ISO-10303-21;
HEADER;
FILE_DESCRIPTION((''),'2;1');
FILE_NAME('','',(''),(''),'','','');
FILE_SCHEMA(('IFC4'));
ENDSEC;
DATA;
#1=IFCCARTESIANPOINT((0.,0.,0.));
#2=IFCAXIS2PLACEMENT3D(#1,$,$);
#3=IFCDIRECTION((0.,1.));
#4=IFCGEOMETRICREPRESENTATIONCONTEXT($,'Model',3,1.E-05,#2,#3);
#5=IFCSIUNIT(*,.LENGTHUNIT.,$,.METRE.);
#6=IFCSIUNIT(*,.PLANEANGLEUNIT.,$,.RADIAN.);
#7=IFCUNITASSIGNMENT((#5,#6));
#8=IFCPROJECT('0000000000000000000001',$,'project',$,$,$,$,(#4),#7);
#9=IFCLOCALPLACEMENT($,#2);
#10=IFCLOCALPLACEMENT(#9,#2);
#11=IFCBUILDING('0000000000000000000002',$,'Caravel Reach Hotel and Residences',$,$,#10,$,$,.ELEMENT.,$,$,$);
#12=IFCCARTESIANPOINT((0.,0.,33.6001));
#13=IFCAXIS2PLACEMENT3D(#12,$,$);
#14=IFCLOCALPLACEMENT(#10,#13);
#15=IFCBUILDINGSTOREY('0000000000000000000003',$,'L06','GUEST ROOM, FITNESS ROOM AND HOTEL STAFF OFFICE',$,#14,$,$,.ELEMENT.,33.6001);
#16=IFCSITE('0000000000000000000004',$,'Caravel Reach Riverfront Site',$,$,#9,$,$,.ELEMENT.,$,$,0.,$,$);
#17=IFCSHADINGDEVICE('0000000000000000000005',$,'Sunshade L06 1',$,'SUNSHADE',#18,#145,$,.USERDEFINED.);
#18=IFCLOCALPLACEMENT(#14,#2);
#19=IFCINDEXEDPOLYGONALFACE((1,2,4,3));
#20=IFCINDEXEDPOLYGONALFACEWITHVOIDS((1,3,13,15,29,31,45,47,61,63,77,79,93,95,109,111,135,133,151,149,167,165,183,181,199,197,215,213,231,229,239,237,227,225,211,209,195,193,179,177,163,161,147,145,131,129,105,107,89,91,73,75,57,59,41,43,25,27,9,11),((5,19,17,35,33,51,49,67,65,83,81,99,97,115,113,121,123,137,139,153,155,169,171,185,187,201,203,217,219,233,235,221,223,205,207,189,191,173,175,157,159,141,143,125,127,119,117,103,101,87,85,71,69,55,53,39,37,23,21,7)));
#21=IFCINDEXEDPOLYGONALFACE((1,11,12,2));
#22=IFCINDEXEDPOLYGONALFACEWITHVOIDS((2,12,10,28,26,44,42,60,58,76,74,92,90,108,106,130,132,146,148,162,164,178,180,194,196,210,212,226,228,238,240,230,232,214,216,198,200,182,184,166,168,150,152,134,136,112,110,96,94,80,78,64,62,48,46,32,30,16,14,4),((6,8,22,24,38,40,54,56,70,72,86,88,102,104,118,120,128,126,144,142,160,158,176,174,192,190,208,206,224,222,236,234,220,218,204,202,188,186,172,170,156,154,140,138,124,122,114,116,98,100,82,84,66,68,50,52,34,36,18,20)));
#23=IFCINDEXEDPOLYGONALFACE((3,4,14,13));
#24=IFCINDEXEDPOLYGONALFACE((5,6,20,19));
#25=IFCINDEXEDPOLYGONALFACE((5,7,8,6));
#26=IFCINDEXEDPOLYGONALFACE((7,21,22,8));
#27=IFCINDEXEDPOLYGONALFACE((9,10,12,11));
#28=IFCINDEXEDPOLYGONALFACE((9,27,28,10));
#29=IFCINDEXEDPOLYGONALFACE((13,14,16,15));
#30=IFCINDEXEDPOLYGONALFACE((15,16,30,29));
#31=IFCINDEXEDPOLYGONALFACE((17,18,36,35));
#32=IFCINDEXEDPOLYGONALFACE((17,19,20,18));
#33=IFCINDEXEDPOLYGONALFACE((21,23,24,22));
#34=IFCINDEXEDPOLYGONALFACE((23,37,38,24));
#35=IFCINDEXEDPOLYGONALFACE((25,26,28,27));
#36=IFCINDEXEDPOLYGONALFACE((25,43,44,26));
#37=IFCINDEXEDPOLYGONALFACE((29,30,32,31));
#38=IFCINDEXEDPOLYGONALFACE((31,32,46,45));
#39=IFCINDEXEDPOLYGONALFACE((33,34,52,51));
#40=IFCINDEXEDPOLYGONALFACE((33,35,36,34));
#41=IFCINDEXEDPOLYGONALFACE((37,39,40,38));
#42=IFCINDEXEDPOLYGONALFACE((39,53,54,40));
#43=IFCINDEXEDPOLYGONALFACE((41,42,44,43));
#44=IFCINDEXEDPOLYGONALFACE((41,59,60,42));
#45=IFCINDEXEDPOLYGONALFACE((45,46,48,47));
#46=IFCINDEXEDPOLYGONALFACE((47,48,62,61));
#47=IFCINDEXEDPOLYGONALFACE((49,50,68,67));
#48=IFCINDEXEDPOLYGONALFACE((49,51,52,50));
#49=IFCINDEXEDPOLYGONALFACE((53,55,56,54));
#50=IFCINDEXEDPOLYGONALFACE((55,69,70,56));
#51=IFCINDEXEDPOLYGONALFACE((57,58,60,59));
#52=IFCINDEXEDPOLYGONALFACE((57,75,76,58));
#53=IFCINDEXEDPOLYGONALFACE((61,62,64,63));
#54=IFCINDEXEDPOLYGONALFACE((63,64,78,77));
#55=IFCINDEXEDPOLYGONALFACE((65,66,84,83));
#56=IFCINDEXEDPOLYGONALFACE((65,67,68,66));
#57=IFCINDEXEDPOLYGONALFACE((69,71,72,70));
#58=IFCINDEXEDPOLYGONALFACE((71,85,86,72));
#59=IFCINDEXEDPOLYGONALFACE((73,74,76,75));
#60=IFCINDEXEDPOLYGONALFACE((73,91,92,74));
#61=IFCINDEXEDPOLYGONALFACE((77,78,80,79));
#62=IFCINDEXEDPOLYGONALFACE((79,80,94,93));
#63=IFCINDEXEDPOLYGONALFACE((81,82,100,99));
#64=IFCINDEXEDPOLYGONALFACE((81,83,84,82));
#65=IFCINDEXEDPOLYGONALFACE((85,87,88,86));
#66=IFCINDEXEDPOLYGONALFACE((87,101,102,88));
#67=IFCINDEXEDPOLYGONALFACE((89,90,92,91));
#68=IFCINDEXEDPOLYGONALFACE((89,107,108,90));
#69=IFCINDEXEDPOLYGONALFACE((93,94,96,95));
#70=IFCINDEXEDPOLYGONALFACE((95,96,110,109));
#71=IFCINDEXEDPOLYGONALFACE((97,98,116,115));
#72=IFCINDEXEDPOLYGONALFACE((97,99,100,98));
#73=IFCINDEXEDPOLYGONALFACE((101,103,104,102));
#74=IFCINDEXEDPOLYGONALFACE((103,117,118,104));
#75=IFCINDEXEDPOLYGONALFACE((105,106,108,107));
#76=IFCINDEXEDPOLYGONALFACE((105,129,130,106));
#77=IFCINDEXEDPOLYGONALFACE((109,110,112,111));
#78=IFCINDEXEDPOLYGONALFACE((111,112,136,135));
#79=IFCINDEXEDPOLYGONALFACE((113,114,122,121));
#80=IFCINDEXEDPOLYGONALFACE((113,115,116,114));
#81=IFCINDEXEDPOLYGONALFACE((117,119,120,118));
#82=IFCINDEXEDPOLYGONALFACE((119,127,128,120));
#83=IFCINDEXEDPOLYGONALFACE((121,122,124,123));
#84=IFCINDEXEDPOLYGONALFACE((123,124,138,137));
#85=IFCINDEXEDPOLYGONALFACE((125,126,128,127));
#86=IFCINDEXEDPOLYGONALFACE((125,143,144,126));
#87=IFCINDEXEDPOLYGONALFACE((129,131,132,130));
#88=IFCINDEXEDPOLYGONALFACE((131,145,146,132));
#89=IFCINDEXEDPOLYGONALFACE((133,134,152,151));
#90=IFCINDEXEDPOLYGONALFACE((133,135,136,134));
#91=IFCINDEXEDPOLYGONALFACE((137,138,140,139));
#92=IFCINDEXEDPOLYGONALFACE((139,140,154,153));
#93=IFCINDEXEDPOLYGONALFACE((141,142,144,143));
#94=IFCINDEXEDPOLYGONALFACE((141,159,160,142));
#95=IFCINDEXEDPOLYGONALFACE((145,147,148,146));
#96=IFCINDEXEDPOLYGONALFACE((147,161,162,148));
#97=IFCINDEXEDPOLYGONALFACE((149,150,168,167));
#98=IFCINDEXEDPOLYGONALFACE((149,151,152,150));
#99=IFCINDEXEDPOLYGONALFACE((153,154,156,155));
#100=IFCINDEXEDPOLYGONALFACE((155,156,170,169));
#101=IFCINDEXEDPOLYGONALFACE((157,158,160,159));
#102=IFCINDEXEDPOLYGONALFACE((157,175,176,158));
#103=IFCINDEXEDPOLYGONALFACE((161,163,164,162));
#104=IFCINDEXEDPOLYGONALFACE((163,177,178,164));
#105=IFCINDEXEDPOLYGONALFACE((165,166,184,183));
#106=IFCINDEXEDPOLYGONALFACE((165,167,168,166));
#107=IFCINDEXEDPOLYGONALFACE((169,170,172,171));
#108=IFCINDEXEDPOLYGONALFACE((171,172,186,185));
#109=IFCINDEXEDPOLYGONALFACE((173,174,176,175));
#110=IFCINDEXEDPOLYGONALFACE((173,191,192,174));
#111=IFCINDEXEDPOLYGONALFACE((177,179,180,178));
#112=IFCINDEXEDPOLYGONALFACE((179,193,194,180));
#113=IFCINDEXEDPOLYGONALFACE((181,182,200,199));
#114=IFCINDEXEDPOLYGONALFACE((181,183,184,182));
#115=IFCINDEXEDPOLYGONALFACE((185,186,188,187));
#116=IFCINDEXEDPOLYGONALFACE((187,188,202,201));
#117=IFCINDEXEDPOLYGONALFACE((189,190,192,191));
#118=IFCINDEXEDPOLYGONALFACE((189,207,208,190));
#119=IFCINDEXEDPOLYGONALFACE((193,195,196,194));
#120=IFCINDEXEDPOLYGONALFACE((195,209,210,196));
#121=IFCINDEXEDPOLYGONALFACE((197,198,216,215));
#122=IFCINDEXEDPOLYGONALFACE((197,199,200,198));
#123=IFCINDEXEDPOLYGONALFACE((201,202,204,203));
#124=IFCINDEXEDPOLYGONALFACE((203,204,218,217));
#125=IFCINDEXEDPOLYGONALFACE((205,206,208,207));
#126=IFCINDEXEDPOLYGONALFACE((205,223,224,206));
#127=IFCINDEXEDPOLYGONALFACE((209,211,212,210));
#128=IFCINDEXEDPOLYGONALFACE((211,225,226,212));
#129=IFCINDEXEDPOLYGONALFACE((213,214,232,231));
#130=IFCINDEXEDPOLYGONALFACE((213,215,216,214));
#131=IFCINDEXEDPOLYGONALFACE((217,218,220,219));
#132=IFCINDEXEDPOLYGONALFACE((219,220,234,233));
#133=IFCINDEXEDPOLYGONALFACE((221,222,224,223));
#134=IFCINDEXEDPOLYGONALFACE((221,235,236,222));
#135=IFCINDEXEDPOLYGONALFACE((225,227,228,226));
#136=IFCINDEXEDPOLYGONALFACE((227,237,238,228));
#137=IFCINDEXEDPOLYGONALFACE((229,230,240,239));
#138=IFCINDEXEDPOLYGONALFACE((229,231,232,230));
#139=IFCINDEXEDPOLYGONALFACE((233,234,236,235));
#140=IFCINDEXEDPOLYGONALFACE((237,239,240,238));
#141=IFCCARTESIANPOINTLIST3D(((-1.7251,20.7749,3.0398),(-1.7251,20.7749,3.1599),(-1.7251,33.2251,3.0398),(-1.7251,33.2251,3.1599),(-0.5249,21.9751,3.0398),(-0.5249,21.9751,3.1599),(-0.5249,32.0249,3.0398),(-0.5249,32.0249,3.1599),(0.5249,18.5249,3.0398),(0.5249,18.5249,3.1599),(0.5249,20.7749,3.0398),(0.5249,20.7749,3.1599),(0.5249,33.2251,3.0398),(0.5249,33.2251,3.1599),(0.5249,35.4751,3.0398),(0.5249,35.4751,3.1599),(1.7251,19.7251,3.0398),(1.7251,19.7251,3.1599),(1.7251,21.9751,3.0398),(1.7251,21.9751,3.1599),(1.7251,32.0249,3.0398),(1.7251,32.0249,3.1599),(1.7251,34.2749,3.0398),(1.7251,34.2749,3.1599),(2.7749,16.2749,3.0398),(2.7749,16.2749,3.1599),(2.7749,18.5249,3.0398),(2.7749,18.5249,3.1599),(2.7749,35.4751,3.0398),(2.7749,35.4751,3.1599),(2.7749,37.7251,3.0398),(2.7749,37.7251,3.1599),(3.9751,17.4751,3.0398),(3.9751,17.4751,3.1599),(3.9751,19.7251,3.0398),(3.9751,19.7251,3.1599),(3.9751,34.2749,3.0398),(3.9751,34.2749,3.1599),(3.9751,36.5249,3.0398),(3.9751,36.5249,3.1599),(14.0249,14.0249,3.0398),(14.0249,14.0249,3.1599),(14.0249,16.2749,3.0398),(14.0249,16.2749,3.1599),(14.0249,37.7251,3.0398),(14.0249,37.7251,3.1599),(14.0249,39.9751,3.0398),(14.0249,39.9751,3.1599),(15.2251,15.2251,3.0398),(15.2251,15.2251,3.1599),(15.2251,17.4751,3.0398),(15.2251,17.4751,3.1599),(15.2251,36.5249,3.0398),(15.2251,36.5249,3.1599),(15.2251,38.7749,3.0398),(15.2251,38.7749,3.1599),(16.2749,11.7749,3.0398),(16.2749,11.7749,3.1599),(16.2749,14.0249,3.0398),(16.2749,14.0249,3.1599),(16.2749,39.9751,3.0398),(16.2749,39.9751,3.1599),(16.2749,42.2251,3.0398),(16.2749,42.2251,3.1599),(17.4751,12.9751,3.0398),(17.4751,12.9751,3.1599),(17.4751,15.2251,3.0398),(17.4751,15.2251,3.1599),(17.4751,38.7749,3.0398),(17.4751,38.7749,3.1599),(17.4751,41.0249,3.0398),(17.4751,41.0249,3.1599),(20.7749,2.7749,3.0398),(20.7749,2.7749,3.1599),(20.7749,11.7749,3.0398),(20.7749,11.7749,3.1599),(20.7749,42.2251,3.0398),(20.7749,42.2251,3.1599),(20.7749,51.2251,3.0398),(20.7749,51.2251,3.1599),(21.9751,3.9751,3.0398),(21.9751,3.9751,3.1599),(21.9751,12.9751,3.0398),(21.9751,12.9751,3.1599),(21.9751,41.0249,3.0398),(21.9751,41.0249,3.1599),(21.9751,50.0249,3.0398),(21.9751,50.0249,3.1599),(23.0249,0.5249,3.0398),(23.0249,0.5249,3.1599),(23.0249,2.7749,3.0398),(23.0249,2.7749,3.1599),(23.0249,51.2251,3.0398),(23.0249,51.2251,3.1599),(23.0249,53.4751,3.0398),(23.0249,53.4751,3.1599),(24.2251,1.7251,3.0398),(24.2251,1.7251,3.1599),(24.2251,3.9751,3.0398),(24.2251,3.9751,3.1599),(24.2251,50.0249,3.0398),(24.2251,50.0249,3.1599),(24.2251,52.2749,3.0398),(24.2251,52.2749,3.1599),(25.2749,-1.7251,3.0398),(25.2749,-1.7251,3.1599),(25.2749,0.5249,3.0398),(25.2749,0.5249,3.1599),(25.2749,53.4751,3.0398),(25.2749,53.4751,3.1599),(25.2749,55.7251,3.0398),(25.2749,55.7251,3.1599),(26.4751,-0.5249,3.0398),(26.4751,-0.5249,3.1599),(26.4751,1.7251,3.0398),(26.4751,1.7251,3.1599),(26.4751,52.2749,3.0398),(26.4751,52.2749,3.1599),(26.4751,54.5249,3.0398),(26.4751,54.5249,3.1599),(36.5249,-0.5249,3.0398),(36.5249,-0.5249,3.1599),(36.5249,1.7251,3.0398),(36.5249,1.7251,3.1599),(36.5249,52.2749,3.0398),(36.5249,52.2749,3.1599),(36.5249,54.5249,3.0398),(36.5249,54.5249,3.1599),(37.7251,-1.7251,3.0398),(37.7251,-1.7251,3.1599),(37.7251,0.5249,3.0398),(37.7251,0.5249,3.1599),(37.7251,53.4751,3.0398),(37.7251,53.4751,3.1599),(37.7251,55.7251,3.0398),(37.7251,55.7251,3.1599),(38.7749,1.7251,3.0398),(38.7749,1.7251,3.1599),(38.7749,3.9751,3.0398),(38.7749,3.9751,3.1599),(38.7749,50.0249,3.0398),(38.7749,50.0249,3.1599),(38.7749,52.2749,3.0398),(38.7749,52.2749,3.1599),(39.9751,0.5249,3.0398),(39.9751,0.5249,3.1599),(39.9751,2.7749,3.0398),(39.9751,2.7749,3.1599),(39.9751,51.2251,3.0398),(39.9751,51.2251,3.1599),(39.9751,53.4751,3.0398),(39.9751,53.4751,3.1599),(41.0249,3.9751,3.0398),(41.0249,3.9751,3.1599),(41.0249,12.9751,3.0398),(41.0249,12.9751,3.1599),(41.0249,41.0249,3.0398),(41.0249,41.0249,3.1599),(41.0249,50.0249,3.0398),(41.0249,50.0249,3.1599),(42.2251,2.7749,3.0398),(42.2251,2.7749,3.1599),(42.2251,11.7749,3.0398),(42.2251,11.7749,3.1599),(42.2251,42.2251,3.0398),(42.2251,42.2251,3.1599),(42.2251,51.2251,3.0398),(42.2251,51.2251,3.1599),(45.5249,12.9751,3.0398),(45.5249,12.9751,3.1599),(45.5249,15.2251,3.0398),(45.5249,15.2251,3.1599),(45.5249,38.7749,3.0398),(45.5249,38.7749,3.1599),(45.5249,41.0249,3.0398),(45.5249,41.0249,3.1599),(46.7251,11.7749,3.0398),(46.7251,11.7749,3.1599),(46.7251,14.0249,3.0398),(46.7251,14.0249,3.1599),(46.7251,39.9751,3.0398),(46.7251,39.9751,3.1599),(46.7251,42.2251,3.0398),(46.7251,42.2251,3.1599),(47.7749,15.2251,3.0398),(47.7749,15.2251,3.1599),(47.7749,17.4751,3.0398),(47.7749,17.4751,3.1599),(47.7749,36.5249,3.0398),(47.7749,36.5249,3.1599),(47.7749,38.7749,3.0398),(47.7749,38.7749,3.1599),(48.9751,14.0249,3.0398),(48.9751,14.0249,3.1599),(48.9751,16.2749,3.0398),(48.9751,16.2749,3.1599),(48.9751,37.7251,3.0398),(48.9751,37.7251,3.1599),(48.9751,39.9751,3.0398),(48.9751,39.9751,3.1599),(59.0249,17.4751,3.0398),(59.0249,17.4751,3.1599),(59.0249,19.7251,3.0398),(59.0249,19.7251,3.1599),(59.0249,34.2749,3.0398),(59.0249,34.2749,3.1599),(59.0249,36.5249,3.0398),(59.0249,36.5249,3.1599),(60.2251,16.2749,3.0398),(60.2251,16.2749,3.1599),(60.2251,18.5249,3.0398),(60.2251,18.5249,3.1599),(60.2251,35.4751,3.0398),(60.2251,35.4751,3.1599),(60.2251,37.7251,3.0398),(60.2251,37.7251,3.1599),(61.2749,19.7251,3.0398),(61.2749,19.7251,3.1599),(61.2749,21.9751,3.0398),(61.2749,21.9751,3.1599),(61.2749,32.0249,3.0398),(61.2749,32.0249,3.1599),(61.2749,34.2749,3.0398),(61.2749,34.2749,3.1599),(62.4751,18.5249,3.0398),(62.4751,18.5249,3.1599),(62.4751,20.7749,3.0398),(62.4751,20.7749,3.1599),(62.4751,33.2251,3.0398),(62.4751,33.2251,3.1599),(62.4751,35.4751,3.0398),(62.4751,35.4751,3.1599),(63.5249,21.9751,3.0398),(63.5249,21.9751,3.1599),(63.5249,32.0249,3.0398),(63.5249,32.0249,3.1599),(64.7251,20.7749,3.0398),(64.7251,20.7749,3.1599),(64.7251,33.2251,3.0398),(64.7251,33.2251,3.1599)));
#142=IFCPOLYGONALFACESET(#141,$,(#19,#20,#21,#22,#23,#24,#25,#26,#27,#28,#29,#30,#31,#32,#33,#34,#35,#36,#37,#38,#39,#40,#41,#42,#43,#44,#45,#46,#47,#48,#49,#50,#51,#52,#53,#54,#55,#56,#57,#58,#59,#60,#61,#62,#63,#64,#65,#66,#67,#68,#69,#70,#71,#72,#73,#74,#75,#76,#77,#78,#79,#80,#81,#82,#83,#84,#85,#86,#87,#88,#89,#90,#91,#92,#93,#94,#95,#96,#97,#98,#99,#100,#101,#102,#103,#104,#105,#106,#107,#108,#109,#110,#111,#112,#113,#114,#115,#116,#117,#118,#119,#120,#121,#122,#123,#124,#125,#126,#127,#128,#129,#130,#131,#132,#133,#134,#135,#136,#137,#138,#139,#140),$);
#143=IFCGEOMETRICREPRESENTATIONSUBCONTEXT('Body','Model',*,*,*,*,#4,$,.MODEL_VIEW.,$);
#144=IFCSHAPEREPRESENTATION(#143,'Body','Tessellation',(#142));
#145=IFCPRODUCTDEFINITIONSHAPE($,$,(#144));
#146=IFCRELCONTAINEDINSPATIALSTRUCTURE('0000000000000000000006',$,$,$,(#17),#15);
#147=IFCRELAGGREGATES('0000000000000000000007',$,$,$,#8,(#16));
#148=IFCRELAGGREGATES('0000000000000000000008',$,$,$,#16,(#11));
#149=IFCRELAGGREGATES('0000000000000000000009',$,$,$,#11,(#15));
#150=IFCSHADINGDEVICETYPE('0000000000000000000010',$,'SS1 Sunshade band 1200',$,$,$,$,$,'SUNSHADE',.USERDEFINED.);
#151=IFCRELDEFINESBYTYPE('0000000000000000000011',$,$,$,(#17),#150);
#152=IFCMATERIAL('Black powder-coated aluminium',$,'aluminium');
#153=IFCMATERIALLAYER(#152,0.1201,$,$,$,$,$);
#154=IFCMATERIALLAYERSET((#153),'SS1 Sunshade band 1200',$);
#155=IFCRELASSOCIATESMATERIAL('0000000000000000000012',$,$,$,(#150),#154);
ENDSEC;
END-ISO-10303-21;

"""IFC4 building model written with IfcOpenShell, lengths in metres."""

from ifc_helpers import new_model, si_unit, direction, frame, origin, place, context, subcontext, project, spatial, polyline, outline, extrude, material, layer, layer_set, type_object, element, save


model = new_model("IFC4")

# Units and contexts
model_context = context("Model", 3, precision=1e-05, world=origin(), true_north=direction((0.0, 1.0)))
body_context = subcontext(model_context, "Body", "Model", "MODEL_VIEW")
ifc_project = project(units=[si_unit("LENGTHUNIT", "METRE"), si_unit("PLANEANGLEUNIT", "RADIAN")], contexts=[model_context])

# Site, building, storey
site_placement = place(None, origin())
site = spatial("IfcSite", under=ifc_project, at=site_placement, Name="Caravel Reach Riverfront Site", CompositionType="ELEMENT", RefElevation=0.0)
building_placement = place(site_placement, origin())
building = spatial("IfcBuilding", under=site, at=building_placement, Name="Caravel Reach Hotel and Residences", CompositionType="ELEMENT")
storey_placement = place(building_placement, frame((0.0, 0.0, 33.6001)))
storey = spatial("IfcBuildingStorey", under=building, at=storey_placement, Name="L06", Description="GUEST ROOM, FITNESS ROOM AND HOTEL STAFF OFFICE", CompositionType="ELEMENT", Elevation=33.6001)

# Shading device
ifc_material_1 = material(Name="Black powder-coated aluminium", Category="aluminium")
ifc_layer_1 = layer(ifc_material_1, 0.1201)
ifc_layer_set_1 = layer_set([ifc_layer_1], Name="SS1 Sunshade band 1200")
shading_device_type_1 = type_object("IfcShadingDeviceType", Name="SS1 Sunshade band 1200", ElementType="SUNSHADE", PredefinedType="USERDEFINED", material=ifc_layer_set_1)
shading_device_1_placement = place(storey_placement, frame((0.0, 0.0, 3.0398)))
element("IfcShadingDevice", 1, at=shading_device_1_placement, inside=storey, type_object=shading_device_type_1, Name="Sunshade L06 1", ObjectType="SUNSHADE", PredefinedType="USERDEFINED", context=body_context, shape_type="SweptSolid", body=[
    extrude(outline(polyline([(20.7749, 11.7749), (20.7749, 2.7749), (23.0249, 2.7749), (23.0249, 0.5249), (25.2749, 0.5249), (25.2749, -1.7251), (37.7251, -1.7251), (37.7251, 0.5249), (39.9751, 0.5249), (39.9751, 2.7749), (42.2251, 2.7749), (42.2251, 11.7749), (46.7251, 11.7749), (46.7251, 14.0249), (48.9751, 14.0249), (48.9751, 16.2749), (60.2251, 16.2749), (60.2251, 18.5249), (62.4751, 18.5249), (62.4751, 20.7749), (64.7251, 20.7749), (64.7251, 33.2251), (62.4751, 33.2251), (62.4751, 35.4751), (60.2251, 35.4751), (60.2251, 37.7251), (48.9751, 37.7251), (48.9751, 39.9751), (46.7251, 39.9751), (46.7251, 42.2251), (42.2251, 42.2251), (42.2251, 51.2251), (39.9751, 51.2251), (39.9751, 53.4751), (37.7251, 53.4751), (37.7251, 55.7251), (25.2749, 55.7251), (25.2749, 53.4751), (23.0249, 53.4751), (23.0249, 51.2251), (20.7749, 51.2251), (20.7749, 42.2251), (16.2749, 42.2251), (16.2749, 39.9751), (14.0249, 39.9751), (14.0249, 37.7251), (2.7749, 37.7251), (2.7749, 35.4751), (0.5249, 35.4751), (0.5249, 33.2251), (-1.7251, 33.2251), (-1.7251, 20.7749), (0.5249, 20.7749), (0.5249, 18.5249), (2.7749, 18.5249), (2.7749, 16.2749), (14.0249, 16.2749), (14.0249, 14.0249), (16.2749, 14.0249), (16.2749, 11.7749), (20.7749, 11.7749)]), holes=[polyline([(24.2251, 3.9751), (21.9751, 3.9751), (21.9751, 12.9751), (17.4751, 12.9751), (17.4751, 15.2251), (15.2251, 15.2251), (15.2251, 17.4751), (3.9751, 17.4751), (3.9751, 19.7251), (1.7251, 19.7251), (1.7251, 21.9751), (-0.5249, 21.9751), (-0.5249, 32.0249), (1.7251, 32.0249), (1.7251, 34.2749), (3.9751, 34.2749), (3.9751, 36.5249), (15.2251, 36.5249), (15.2251, 38.7749), (17.4751, 38.7749), (17.4751, 41.0249), (21.9751, 41.0249), (21.9751, 50.0249), (24.2251, 50.0249), (24.2251, 52.2749), (26.4751, 52.2749), (26.4751, 54.5249), (36.5249, 54.5249), (36.5249, 52.2749), (38.7749, 52.2749), (38.7749, 50.0249), (41.0249, 50.0249), (41.0249, 41.0249), (45.5249, 41.0249), (45.5249, 38.7749), (47.7749, 38.7749), (47.7749, 36.5249), (59.0249, 36.5249), (59.0249, 34.2749), (61.2749, 34.2749), (61.2749, 32.0249), (63.5249, 32.0249), (63.5249, 21.9751), (61.2749, 21.9751), (61.2749, 19.7251), (59.0249, 19.7251), (59.0249, 17.4751), (47.7749, 17.4751), (47.7749, 15.2251), (45.5249, 15.2251), (45.5249, 12.9751), (41.0249, 12.9751), (41.0249, 3.9751), (38.7749, 3.9751), (38.7749, 1.7251), (36.5249, 1.7251), (36.5249, -0.5249), (26.4751, -0.5249), (26.4751, 1.7251), (24.2251, 1.7251), (24.2251, 3.9751)])]), origin(), (0.0, 0.0, 1.0), 0.1201),
])

save(model, "model.ifc")
